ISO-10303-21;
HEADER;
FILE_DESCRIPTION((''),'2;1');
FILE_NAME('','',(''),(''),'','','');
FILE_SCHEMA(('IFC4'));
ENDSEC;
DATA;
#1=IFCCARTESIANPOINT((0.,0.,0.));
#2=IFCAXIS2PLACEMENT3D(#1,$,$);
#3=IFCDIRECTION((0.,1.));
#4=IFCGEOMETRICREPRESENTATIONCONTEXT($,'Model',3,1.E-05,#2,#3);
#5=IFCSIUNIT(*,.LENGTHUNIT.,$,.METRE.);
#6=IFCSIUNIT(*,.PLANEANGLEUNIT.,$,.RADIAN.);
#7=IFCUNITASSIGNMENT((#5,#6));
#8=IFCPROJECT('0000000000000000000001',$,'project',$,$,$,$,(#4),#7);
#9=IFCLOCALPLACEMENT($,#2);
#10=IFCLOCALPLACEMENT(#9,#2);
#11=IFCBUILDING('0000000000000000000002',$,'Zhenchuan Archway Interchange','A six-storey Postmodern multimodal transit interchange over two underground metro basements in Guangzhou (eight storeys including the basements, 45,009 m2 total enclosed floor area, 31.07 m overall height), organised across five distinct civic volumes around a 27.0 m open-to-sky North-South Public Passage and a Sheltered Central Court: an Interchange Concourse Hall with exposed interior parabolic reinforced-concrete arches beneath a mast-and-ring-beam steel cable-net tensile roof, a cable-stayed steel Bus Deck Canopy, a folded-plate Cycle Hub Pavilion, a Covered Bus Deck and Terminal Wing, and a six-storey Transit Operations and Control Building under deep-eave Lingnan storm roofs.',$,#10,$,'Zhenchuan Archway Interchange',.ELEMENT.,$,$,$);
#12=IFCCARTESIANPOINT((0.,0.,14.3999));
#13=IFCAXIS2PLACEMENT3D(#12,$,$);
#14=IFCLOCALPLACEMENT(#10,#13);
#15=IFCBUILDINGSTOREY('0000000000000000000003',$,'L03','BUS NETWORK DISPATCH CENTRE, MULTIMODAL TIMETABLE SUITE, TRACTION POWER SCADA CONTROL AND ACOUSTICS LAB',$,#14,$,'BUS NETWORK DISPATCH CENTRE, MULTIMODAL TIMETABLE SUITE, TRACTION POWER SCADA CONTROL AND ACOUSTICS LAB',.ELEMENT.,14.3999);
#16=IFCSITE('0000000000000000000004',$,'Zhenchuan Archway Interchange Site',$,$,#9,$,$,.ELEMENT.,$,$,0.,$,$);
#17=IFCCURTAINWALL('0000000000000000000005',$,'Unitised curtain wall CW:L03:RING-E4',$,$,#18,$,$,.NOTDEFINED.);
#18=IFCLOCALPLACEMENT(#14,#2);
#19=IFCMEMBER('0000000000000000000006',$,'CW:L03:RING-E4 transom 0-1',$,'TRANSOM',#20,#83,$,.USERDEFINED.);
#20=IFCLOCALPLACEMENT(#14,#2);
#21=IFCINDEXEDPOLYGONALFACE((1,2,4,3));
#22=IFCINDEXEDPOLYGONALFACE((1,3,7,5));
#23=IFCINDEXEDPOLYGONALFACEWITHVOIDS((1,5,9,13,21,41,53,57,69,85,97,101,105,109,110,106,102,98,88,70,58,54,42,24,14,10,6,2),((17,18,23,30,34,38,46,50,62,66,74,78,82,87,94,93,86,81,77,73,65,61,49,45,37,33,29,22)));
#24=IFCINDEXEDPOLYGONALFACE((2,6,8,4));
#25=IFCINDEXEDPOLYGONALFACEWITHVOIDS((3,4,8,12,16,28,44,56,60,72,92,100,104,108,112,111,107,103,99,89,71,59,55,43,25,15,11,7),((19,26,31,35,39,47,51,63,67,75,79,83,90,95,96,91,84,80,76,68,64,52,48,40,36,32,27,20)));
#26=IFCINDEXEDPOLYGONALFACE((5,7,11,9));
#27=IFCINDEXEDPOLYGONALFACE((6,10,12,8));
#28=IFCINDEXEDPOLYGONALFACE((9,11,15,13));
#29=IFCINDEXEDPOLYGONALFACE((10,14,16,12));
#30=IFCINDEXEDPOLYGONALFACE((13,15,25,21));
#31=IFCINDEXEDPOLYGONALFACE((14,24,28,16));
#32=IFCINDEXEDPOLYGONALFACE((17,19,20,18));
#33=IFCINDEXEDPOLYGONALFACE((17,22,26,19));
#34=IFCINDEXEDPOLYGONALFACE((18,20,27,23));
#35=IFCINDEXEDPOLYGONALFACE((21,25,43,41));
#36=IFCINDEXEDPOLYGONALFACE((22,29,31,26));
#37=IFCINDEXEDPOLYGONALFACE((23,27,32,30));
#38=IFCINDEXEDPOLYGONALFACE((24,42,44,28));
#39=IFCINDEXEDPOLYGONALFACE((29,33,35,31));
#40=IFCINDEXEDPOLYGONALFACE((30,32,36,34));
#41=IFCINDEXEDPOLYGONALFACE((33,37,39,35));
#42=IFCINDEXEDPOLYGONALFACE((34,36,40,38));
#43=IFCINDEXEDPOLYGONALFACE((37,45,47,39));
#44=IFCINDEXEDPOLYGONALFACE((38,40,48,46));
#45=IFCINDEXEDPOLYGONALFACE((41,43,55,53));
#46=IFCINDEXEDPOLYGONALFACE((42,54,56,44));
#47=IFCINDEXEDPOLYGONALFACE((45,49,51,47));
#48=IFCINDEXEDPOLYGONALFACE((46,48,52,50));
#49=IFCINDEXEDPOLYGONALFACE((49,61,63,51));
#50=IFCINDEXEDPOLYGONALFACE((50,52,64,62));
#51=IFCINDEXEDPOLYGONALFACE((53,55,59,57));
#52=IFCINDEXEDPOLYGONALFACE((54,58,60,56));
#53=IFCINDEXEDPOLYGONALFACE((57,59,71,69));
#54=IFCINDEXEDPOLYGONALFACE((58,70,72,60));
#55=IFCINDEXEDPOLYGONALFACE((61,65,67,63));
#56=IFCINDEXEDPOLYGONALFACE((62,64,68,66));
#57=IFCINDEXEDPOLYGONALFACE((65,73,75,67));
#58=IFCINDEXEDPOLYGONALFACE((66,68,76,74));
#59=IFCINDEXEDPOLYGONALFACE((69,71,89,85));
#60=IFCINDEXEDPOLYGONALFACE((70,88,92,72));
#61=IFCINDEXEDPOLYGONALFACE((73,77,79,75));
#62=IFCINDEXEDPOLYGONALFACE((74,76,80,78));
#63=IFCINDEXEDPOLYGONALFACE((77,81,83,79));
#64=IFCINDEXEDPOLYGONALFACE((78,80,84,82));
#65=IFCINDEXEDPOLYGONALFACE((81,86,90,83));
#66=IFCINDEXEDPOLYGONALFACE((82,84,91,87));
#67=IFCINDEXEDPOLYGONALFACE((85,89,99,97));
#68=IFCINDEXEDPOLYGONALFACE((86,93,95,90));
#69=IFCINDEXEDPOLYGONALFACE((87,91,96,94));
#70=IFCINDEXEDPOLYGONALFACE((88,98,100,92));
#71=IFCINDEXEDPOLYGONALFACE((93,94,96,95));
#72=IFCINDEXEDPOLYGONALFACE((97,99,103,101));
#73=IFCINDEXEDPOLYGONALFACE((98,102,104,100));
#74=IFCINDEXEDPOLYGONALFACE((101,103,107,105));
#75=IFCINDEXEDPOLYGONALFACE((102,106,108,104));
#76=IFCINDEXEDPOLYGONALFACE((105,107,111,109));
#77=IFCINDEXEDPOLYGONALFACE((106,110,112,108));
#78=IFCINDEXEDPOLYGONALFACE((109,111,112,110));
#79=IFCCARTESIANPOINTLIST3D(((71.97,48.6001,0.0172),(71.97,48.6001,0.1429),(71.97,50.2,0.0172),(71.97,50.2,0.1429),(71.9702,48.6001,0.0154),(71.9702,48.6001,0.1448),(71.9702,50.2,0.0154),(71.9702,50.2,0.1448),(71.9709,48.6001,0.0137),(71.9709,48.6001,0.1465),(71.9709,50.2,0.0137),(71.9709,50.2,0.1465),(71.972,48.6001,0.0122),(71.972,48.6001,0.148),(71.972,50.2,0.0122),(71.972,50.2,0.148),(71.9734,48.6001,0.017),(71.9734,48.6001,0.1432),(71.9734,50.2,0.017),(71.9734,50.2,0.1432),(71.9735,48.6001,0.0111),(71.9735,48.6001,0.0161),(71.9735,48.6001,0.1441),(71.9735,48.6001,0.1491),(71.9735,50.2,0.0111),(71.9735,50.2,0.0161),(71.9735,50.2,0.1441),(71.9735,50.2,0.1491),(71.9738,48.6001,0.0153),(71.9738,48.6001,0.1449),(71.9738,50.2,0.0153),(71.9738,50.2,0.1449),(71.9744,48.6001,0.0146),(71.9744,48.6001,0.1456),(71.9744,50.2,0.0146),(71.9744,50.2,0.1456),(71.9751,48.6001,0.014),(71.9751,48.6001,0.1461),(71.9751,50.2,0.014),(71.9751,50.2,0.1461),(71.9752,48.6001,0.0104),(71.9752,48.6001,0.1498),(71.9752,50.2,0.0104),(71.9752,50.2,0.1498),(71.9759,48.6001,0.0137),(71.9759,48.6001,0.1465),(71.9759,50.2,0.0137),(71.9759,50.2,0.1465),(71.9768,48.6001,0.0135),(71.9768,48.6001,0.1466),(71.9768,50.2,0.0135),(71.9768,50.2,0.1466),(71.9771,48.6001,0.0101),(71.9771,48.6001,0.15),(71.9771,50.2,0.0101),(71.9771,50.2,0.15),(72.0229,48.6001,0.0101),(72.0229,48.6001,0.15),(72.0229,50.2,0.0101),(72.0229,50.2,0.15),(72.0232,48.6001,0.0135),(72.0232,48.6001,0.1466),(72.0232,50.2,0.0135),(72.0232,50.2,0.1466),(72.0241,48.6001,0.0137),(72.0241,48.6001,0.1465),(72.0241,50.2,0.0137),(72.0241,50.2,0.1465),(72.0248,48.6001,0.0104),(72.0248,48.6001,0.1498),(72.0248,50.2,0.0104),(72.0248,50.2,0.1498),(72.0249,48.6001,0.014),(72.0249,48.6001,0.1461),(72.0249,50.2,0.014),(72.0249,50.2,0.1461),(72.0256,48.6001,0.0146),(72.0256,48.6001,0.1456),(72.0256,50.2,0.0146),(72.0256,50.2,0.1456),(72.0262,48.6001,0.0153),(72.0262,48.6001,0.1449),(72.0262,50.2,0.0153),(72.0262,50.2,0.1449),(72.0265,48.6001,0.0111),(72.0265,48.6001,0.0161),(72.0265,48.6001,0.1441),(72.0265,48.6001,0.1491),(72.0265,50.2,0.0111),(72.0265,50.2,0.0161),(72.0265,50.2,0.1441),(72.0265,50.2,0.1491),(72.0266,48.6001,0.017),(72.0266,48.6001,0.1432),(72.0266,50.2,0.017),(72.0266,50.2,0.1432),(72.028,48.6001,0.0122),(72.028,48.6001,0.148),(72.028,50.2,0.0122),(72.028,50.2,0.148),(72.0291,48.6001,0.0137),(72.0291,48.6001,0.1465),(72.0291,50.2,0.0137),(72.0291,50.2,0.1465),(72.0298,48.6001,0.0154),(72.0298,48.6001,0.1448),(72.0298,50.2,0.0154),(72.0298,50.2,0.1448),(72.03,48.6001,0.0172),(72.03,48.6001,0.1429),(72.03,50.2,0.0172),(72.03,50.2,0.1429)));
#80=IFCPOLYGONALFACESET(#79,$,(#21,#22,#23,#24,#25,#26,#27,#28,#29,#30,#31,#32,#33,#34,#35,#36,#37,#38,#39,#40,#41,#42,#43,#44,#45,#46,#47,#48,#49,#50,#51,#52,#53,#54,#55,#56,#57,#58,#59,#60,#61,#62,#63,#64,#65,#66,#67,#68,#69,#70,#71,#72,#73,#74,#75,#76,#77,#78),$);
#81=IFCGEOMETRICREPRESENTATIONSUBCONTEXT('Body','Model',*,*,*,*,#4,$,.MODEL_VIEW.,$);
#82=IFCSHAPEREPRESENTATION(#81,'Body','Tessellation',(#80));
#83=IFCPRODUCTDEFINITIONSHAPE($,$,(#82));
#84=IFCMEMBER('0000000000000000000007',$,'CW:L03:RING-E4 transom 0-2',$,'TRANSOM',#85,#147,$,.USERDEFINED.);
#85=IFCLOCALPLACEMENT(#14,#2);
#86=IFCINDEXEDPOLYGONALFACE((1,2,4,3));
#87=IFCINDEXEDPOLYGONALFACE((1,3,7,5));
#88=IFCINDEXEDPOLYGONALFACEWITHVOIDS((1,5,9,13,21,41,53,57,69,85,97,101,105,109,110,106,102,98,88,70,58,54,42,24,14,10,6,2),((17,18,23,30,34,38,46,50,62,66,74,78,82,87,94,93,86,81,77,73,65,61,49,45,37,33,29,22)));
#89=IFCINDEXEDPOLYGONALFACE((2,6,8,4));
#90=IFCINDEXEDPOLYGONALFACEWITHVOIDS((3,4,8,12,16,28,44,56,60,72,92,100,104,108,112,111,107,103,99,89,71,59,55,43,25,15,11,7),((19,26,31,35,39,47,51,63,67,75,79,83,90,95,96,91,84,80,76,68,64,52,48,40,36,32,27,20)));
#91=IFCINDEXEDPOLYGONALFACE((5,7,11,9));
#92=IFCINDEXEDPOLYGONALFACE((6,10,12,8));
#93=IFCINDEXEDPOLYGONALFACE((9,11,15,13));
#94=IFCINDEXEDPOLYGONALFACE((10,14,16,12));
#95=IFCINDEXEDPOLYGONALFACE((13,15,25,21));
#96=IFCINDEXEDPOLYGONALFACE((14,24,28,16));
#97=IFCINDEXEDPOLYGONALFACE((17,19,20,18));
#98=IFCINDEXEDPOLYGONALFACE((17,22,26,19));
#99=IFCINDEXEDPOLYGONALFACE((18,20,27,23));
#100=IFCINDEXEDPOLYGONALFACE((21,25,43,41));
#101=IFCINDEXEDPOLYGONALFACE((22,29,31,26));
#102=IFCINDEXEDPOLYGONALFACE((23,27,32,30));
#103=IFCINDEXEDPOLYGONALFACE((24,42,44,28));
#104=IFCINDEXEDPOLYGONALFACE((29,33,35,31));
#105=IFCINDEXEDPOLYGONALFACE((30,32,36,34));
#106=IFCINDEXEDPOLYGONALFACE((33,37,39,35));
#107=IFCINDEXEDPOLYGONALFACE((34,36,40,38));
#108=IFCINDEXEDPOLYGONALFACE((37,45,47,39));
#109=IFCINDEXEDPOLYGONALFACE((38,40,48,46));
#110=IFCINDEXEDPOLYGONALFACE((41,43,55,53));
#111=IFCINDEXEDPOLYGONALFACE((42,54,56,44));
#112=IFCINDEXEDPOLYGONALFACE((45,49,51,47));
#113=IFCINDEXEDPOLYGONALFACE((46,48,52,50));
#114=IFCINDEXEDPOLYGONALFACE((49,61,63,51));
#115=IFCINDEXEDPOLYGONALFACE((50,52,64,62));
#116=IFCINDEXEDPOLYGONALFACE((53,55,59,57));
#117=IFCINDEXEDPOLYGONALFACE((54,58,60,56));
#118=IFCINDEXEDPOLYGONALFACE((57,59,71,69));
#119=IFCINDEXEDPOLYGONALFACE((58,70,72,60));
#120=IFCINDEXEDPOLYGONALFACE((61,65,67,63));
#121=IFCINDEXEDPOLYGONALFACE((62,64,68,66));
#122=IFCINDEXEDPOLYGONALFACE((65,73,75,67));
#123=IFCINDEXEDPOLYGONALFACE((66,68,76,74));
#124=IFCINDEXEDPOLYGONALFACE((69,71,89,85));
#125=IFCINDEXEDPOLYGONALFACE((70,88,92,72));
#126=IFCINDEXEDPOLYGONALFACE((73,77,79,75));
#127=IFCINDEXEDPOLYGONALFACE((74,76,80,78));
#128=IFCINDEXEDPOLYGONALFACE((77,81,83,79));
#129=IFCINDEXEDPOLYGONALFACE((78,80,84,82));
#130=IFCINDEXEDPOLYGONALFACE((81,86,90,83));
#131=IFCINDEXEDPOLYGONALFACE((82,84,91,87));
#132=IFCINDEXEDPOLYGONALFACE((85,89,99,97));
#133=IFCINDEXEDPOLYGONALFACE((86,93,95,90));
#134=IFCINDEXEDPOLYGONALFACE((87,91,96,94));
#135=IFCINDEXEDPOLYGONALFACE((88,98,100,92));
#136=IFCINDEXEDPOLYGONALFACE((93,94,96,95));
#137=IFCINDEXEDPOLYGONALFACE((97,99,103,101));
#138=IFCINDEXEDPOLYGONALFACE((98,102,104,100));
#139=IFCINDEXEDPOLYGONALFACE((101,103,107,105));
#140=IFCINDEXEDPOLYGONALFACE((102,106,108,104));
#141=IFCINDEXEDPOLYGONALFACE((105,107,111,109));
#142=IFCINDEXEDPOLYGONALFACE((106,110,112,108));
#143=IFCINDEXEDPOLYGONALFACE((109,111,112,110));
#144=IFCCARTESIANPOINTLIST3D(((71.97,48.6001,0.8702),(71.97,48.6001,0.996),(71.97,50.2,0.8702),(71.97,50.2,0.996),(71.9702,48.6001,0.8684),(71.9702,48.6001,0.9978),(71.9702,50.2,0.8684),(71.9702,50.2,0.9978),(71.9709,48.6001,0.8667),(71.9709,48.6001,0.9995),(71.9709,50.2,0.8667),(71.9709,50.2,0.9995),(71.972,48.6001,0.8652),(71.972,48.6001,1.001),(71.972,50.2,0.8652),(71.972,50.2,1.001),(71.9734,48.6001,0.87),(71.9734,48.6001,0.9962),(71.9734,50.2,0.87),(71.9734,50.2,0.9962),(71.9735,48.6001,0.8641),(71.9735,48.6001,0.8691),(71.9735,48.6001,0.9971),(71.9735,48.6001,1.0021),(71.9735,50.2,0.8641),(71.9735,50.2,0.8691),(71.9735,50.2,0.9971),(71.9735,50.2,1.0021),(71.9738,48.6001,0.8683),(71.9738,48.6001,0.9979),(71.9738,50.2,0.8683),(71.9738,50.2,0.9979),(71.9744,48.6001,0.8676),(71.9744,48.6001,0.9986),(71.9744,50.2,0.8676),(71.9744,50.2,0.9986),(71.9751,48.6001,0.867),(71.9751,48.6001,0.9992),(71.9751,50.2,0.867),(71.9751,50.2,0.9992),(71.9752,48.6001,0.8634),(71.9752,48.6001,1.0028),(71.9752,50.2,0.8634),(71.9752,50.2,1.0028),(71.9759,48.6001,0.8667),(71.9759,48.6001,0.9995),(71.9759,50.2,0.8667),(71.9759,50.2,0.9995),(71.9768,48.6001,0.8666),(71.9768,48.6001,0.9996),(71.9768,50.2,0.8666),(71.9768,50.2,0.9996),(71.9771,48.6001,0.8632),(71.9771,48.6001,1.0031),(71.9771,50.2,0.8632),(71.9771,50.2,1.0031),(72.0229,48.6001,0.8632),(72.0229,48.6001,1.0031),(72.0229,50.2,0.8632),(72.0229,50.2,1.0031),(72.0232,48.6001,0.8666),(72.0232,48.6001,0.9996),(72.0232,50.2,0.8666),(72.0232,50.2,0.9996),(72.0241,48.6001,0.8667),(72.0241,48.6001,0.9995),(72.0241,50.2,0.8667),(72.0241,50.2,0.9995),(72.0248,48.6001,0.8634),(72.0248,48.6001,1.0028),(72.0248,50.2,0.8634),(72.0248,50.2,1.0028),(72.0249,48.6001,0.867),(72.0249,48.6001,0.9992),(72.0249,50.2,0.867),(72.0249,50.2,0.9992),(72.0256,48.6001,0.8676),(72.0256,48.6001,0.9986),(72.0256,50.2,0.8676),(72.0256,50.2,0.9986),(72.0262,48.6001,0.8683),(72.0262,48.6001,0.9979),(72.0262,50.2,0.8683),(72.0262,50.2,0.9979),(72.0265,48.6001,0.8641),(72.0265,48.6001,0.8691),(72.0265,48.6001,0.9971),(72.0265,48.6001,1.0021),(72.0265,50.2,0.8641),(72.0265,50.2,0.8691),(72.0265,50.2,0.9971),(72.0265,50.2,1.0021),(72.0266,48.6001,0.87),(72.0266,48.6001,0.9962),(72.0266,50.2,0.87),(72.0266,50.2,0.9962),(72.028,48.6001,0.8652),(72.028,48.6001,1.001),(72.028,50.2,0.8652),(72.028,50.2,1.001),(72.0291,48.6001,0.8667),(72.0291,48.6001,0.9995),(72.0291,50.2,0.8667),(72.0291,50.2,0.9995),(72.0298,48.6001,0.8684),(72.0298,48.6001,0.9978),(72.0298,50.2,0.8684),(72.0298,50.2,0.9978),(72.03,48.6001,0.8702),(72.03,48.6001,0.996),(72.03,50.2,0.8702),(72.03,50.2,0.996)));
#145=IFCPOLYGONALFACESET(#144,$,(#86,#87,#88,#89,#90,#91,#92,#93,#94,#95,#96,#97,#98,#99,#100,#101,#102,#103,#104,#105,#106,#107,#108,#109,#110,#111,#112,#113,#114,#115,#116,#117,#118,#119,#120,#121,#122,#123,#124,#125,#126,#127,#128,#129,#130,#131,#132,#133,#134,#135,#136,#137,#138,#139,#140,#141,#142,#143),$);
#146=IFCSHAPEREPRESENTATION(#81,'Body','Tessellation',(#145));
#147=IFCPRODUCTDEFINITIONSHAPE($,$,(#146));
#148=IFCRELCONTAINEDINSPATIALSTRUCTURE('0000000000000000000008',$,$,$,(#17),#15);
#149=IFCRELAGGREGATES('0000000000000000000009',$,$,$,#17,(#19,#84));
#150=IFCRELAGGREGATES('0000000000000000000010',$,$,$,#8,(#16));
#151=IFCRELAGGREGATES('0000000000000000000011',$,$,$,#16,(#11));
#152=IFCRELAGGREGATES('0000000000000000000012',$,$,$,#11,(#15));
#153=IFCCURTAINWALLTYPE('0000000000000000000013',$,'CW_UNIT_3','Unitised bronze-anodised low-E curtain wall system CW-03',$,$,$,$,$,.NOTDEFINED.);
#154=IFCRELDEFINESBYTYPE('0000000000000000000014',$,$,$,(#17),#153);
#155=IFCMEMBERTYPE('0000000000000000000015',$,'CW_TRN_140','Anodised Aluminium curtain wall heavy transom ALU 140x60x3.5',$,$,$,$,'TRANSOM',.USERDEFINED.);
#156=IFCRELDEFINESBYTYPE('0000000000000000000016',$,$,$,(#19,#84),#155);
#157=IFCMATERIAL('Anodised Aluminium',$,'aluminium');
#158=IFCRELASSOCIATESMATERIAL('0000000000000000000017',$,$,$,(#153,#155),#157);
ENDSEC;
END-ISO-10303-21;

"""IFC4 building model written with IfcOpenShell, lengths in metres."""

from ifc_helpers import new_model, si_unit, direction, frame, origin, origin_2d, place, context, subcontext, project, spatial, hollow_rectangle, extrude, material, material_profile, profile_set, type_object, element, aggregate, save


model = new_model("IFC4")

# Units and contexts
model_context = context("Model", 3, precision=1e-05, world=origin(), true_north=direction((0.0, 1.0)))
body_context = subcontext(model_context, "Body", "Model", "MODEL_VIEW")
ifc_project = project(units=[si_unit("LENGTHUNIT", "METRE"), si_unit("PLANEANGLEUNIT", "RADIAN")], contexts=[model_context])

# Site, building, storey
site_placement = place(None, origin())
site = spatial("IfcSite", under=ifc_project, at=site_placement, Name="Zhenchuan Archway Interchange Site", CompositionType="ELEMENT", RefElevation=0.0)
building_placement = place(site_placement, origin())
building = spatial("IfcBuilding", under=site, at=building_placement, Name="Zhenchuan Archway Interchange", Description="A six-storey Postmodern multimodal transit interchange over two underground metro basements in Guangzhou (eight storeys including the basements, 45,009 m2 total enclosed floor area, 31.07 m overall height), organised across five distinct civic volumes around a 27.0 m open-to-sky North-South Public Passage and a Sheltered Central Court: an Interchange Concourse Hall with exposed interior parabolic reinforced-concrete arches beneath a mast-and-ring-beam steel cable-net tensile roof, a cable-stayed steel Bus Deck Canopy, a folded-plate Cycle Hub Pavilion, a Covered Bus Deck and Terminal Wing, and a six-storey Transit Operations and Control Building under deep-eave Lingnan storm roofs.", LongName="Zhenchuan Archway Interchange", CompositionType="ELEMENT")
storey_placement = place(building_placement, frame((0.0, 0.0, 14.3999)))
storey = spatial("IfcBuildingStorey", under=building, at=storey_placement, Name="L03", Description="BUS NETWORK DISPATCH CENTRE, MULTIMODAL TIMETABLE SUITE, TRACTION POWER SCADA CONTROL AND ACOUSTICS LAB", LongName="BUS NETWORK DISPATCH CENTRE, MULTIMODAL TIMETABLE SUITE, TRACTION POWER SCADA CONTROL AND ACOUSTICS LAB", CompositionType="ELEMENT", Elevation=14.3999)

# Shared definitions
ifc_material_1 = material(Name="Anodised Aluminium", Category="aluminium")
curtain_wall_type = type_object("IfcCurtainWallType", Name="CW_UNIT_3", Description="Unitised bronze-anodised low-E curtain wall system CW-03", PredefinedType="NOTDEFINED", material=ifc_material_1)

# Curtain wall
curtain_wall_1_placement = place(storey_placement, origin())
curtain_wall_1 = element("IfcCurtainWall", 1, at=curtain_wall_1_placement, inside=storey, type_object=curtain_wall_type, Name="Unitised curtain wall CW:L03:RING-E4", PredefinedType="NOTDEFINED")

# Members
ifc_material_profile_1 = material_profile(ifc_material_1, hollow_rectangle(XDim=0.0601, YDim=0.1399, WallThickness=0.0034, InnerFilletRadius=0.0034, OuterFilletRadius=0.0071, at=origin_2d()), Name="ALU 140x60x3.5")
ifc_profile_set_1 = profile_set([ifc_material_profile_1], Name="Anodised Aluminium")
member_type_1 = type_object("IfcMemberType", Name="CW_TRN_140", Description="Anodised Aluminium curtain wall heavy transom ALU 140x60x3.5", ElementType="TRANSOM", PredefinedType="USERDEFINED", material=ifc_profile_set_1)
member_1_placement = place(storey_placement, frame((72.0, 48.6001, 0.0801), z_axis=(0.0, 1.0, 0.0), x_axis=(-1.0, 0.0, 0.0)))
member_1 = element("IfcMember", 2, at=member_1_placement, type_object=member_type_1, Name="CW:L03:RING-E4 transom 0-1", ObjectType="TRANSOM", PredefinedType="USERDEFINED", context=body_context, shape_type="SweptSolid", body=[
    extrude(hollow_rectangle(XDim=0.0601, YDim=0.1399, WallThickness=0.0034, InnerFilletRadius=0.0034, OuterFilletRadius=0.0071, at=origin_2d()), origin(), (0.0, 0.0, 1.0), 1.5999),
])
member_2_placement = place(storey_placement, frame((72.0, 48.6001, 0.9331), z_axis=(0.0, 1.0, 0.0), x_axis=(-1.0, 0.0, 0.0)))
member_2 = element("IfcMember", 3, at=member_2_placement, type_object=member_type_1, Name="CW:L03:RING-E4 transom 0-2", ObjectType="TRANSOM", PredefinedType="USERDEFINED", context=body_context, shape_type="SweptSolid", body=[
    extrude(hollow_rectangle(XDim=0.0601, YDim=0.1399, WallThickness=0.0034, InnerFilletRadius=0.0034, OuterFilletRadius=0.0071, at=origin_2d()), origin(), (0.0, 0.0, 1.0), 1.5999),
])

aggregate(curtain_wall_1, [member_1, member_2])

save(model, "model.ifc")
